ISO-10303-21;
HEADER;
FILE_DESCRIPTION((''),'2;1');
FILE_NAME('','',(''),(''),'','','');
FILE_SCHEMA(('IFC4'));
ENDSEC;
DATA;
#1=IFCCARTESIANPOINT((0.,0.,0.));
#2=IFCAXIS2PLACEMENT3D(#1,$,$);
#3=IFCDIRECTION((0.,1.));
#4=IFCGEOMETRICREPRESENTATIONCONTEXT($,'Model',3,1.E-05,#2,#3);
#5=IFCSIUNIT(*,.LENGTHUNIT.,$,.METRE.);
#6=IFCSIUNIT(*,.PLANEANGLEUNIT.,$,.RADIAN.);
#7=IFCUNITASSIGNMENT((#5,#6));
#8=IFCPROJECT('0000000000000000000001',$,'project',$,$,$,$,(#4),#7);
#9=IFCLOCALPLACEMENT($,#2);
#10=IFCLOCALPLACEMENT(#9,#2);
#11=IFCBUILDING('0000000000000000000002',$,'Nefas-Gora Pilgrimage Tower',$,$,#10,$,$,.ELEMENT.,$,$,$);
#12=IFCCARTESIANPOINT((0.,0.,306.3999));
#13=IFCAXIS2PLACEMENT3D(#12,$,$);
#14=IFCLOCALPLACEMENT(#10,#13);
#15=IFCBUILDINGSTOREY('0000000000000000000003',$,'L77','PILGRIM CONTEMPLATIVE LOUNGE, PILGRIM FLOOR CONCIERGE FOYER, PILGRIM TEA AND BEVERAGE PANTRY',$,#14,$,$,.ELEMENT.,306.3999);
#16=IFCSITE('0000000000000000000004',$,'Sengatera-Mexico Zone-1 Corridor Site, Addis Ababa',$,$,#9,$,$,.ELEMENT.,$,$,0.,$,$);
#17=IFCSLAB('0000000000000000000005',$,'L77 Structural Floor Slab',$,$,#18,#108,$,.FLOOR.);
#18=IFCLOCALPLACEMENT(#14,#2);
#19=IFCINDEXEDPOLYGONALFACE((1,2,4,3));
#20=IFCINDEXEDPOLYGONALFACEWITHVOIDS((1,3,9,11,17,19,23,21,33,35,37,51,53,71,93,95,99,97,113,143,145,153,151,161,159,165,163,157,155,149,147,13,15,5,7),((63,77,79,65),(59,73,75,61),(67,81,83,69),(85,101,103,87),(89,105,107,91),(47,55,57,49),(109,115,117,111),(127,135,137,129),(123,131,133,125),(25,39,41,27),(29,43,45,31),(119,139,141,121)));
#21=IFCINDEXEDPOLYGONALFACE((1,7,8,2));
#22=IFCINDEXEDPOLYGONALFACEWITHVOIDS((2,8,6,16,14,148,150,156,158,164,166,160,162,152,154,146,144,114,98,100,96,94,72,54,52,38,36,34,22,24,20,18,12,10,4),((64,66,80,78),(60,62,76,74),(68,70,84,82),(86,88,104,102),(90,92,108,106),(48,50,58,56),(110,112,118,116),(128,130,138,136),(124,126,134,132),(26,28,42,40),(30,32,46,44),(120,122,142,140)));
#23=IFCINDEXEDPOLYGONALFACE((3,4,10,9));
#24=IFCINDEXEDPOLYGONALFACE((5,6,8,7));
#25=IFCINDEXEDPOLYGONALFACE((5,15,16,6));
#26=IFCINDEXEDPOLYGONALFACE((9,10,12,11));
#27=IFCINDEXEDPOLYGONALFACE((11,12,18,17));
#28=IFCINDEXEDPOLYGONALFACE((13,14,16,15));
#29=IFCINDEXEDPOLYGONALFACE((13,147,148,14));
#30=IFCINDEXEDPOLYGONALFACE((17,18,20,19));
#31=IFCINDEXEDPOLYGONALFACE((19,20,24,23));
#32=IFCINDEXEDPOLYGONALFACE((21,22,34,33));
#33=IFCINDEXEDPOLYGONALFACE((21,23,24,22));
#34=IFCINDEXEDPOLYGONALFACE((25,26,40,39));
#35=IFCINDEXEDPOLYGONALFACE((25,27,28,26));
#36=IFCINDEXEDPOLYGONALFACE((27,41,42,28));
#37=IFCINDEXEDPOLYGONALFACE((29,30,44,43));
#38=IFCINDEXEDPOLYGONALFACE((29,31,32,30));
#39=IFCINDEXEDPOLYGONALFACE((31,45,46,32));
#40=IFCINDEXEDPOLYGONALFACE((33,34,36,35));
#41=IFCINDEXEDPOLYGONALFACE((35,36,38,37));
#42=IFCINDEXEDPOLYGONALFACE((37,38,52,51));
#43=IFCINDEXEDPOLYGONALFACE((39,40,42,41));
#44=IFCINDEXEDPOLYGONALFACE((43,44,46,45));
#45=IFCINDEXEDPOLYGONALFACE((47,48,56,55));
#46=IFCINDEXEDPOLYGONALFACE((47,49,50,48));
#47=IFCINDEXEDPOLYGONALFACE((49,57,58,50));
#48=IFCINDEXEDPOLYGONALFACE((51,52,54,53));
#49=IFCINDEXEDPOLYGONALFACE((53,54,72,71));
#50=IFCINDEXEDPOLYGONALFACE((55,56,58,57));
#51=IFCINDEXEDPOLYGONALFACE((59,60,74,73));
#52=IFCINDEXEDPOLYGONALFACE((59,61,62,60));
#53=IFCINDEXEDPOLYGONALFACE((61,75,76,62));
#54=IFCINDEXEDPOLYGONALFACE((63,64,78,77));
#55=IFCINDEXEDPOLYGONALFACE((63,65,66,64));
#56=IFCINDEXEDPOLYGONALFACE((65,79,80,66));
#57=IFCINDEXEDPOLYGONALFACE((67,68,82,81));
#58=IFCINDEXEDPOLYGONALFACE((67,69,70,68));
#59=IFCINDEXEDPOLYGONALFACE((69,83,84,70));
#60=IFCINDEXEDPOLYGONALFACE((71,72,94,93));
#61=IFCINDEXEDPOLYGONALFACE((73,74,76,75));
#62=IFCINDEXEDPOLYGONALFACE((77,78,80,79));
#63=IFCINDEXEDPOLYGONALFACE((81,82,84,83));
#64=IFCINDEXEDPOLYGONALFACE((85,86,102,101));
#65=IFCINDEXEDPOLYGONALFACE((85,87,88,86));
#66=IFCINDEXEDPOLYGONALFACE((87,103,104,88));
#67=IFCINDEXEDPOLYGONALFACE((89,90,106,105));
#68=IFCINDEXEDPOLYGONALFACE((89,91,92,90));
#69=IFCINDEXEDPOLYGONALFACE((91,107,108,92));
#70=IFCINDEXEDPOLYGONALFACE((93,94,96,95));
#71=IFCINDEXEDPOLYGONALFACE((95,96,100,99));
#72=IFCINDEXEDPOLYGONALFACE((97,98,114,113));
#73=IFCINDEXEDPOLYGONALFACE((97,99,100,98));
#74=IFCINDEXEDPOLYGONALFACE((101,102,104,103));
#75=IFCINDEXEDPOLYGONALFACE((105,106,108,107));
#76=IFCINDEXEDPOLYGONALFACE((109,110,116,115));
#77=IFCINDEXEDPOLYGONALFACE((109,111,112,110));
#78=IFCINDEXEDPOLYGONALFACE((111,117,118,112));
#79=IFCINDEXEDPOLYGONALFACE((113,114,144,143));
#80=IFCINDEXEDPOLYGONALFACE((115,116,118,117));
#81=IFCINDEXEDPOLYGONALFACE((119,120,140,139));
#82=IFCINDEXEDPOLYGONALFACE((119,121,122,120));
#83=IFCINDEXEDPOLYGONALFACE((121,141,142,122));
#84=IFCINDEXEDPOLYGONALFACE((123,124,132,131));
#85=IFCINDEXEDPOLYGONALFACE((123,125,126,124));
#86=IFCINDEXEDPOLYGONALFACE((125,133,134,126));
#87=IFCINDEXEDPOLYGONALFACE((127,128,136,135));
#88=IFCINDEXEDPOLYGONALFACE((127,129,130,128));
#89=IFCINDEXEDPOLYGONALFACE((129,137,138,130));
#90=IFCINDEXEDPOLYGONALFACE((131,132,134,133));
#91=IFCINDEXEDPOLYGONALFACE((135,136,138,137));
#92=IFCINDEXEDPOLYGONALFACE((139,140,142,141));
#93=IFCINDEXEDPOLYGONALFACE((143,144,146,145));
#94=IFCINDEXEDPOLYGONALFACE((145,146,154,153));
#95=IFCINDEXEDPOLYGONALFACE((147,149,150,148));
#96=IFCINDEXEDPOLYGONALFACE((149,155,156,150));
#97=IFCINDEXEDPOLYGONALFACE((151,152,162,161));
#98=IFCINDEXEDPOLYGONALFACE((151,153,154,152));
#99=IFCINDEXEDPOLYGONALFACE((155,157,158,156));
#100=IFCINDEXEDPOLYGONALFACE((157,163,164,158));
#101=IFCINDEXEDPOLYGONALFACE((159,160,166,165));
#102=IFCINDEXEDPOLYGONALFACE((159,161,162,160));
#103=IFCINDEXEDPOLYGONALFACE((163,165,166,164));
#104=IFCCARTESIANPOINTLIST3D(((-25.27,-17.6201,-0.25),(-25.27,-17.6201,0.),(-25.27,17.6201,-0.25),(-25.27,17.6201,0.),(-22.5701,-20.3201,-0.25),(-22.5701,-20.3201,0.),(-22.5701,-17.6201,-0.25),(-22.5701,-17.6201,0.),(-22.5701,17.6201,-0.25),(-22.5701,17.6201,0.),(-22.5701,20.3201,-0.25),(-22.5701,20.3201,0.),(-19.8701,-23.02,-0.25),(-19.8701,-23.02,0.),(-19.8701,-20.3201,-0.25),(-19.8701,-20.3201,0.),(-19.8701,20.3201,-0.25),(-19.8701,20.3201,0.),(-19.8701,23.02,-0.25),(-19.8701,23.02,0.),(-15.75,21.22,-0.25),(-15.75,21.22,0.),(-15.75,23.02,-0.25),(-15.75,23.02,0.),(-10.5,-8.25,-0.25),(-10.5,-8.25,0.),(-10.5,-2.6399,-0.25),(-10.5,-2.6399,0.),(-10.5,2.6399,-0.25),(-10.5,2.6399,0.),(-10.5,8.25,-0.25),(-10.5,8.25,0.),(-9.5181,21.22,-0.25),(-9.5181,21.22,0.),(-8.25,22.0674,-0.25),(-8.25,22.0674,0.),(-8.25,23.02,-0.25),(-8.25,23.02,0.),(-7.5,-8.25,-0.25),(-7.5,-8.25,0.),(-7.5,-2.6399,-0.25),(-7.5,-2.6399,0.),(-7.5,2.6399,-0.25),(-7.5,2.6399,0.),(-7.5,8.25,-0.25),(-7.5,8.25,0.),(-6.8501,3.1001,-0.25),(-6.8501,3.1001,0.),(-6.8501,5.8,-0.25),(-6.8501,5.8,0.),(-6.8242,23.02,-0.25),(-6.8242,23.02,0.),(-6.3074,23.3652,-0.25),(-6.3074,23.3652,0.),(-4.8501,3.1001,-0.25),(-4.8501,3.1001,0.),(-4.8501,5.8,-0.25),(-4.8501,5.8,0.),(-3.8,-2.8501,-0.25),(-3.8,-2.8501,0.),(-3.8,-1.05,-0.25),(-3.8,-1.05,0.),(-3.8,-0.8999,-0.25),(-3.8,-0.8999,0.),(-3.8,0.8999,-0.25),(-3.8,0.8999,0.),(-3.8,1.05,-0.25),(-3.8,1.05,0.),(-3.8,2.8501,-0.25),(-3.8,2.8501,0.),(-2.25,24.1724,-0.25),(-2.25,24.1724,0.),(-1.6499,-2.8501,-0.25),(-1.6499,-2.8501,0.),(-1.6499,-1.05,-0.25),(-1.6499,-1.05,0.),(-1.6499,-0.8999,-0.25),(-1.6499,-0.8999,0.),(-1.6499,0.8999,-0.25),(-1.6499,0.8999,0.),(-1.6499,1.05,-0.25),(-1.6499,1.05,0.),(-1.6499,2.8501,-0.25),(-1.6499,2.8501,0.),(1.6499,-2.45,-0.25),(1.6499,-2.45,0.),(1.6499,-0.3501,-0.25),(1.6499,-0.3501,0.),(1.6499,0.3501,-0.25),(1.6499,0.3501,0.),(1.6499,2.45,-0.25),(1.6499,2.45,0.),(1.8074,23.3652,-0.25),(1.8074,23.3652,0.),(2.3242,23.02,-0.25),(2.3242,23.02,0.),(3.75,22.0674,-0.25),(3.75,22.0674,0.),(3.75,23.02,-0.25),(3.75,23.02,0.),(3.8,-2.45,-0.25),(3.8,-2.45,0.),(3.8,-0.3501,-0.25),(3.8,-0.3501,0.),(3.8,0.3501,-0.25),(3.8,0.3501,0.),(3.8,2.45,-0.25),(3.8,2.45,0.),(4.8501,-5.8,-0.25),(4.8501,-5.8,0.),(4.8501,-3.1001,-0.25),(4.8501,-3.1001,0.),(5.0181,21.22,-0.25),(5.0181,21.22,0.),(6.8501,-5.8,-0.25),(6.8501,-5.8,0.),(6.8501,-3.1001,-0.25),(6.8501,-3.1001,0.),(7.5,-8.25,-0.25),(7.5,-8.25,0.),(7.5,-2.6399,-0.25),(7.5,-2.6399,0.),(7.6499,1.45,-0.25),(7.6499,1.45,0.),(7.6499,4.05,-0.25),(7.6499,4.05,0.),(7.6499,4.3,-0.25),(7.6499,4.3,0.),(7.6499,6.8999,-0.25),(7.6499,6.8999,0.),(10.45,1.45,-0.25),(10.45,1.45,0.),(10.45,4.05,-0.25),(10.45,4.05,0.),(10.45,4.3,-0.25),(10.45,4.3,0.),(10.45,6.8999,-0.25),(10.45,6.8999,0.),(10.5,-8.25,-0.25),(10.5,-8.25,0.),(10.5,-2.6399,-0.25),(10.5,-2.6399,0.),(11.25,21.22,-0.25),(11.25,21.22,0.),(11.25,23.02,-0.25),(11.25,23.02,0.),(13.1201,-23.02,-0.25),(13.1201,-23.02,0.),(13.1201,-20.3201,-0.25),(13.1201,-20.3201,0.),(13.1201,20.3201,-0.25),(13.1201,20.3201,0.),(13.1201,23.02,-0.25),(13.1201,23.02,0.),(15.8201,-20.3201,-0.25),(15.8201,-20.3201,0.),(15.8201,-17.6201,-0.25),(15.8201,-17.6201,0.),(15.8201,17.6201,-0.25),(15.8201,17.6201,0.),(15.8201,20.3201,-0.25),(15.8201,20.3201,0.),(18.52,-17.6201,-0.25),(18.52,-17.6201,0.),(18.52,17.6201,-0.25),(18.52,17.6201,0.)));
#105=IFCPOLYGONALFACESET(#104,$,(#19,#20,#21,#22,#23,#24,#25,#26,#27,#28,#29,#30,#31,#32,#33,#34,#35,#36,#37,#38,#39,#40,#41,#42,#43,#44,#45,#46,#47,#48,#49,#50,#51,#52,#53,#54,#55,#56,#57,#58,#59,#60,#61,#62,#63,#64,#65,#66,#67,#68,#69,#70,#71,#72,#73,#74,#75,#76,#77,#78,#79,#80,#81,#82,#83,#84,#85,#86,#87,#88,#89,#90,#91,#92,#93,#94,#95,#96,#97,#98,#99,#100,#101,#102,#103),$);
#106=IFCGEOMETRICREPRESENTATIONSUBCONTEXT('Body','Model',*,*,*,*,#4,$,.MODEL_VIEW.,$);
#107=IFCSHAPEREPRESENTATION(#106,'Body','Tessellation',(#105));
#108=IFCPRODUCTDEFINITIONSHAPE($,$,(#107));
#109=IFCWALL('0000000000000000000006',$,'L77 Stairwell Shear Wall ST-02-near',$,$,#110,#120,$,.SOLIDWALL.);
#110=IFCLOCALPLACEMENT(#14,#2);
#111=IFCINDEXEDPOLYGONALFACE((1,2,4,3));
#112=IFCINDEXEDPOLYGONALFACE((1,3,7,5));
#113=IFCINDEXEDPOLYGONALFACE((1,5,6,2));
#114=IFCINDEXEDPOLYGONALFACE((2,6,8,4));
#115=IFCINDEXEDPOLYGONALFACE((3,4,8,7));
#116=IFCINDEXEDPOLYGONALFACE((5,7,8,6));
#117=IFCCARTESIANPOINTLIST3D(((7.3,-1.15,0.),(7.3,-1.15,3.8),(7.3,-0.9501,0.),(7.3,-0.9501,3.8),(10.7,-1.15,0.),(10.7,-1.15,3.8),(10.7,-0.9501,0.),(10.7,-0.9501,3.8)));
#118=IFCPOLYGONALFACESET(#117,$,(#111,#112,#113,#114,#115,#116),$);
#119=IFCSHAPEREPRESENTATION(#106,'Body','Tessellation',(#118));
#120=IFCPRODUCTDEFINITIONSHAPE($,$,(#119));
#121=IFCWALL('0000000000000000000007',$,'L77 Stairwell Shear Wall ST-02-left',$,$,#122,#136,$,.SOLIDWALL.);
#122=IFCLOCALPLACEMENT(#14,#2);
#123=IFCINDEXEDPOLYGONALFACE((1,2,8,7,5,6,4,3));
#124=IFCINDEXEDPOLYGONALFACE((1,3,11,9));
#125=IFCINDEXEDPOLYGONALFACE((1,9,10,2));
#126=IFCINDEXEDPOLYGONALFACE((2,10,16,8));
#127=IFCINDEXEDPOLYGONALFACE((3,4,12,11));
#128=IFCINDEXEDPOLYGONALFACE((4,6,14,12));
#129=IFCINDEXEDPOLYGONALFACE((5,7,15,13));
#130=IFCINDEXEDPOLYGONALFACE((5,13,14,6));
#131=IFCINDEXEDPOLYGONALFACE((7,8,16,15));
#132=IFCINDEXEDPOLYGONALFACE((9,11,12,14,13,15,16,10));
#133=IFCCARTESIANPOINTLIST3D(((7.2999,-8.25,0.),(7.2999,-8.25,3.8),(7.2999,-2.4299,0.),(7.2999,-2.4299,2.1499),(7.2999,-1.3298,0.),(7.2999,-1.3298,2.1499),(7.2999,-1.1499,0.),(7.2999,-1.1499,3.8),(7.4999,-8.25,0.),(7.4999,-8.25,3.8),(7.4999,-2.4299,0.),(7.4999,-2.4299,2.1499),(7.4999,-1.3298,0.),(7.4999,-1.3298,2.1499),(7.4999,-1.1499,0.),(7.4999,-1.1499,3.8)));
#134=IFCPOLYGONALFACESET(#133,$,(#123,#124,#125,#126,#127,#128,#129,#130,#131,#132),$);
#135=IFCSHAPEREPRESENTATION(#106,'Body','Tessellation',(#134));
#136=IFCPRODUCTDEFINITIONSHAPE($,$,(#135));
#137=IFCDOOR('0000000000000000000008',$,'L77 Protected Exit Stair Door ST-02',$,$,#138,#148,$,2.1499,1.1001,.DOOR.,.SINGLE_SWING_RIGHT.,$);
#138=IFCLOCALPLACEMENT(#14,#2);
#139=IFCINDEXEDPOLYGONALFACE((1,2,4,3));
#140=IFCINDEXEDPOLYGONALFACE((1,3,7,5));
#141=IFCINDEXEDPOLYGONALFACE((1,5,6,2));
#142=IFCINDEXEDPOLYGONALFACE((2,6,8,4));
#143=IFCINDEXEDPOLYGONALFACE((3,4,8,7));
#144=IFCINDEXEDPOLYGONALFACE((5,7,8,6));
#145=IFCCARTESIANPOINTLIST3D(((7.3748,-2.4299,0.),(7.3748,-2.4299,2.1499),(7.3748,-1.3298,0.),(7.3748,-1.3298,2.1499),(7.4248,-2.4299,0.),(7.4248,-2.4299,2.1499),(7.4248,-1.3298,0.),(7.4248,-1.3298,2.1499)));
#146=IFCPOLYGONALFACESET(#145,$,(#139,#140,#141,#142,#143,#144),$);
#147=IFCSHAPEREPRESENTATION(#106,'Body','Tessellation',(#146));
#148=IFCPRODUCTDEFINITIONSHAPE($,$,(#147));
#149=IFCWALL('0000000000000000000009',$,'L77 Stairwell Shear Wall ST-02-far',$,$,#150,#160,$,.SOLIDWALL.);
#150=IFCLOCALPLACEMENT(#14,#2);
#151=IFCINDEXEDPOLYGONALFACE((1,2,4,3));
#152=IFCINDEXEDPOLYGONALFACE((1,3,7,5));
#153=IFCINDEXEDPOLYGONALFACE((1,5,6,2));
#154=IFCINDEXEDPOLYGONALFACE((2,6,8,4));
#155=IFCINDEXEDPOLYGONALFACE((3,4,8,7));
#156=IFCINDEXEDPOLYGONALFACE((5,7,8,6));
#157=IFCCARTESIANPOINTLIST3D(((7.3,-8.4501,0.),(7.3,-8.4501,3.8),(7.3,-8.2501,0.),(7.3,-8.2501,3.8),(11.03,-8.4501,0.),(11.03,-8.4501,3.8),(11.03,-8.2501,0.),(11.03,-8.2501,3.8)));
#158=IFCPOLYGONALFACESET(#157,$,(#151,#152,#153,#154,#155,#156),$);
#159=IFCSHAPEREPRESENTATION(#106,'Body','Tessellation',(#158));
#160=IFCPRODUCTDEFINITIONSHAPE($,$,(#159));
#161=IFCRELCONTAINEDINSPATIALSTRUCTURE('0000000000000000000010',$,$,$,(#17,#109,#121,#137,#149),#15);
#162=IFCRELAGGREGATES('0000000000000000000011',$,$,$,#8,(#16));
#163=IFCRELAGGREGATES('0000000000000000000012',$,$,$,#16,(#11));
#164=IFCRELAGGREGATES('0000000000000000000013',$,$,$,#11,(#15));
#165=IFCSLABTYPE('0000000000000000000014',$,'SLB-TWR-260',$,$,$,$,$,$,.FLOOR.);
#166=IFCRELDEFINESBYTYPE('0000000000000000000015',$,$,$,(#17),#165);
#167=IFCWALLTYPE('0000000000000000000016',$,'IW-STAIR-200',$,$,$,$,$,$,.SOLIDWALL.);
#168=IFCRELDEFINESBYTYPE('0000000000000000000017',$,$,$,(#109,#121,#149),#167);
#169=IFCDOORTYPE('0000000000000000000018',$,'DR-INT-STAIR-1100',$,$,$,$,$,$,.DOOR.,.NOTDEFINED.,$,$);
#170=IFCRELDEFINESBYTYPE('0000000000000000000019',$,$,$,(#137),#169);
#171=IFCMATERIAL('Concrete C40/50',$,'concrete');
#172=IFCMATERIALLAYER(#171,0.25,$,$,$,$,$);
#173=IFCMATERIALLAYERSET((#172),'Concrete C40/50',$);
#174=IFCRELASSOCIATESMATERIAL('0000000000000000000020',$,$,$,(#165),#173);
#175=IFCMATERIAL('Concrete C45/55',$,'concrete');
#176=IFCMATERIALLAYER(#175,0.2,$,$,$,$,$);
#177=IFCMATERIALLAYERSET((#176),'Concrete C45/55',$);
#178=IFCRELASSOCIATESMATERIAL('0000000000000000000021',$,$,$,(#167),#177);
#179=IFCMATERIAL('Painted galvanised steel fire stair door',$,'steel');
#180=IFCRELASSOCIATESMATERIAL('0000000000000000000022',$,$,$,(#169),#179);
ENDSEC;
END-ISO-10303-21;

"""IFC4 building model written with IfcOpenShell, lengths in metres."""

from ifc_helpers import new_model, si_unit, direction, frame, frame_2d, origin, place, context, subcontext, project, spatial, polyline, rectangle, outline, extrude, source, transform, mapped, material, layer, layer_set, type_object, element, fill, save


model = new_model("IFC4")

# Units and contexts
model_context = context("Model", 3, precision=1e-05, world=origin(), true_north=direction((0.0, 1.0)))
body_context = subcontext(model_context, "Body", "Model", "MODEL_VIEW")
ifc_project = project(units=[si_unit("LENGTHUNIT", "METRE"), si_unit("PLANEANGLEUNIT", "RADIAN")], contexts=[model_context])

# Site, building, storey
site_placement = place(None, origin())
site = spatial("IfcSite", under=ifc_project, at=site_placement, Name="Sengatera-Mexico Zone-1 Corridor Site, Addis Ababa", CompositionType="ELEMENT", RefElevation=0.0)
building_placement = place(site_placement, origin())
building = spatial("IfcBuilding", under=site, at=building_placement, Name="Nefas-Gora Pilgrimage Tower", CompositionType="ELEMENT")
storey_placement = place(building_placement, frame((0.0, 0.0, 306.3999)))
storey = spatial("IfcBuildingStorey", under=building, at=storey_placement, Name="L77", Description="PILGRIM CONTEMPLATIVE LOUNGE, PILGRIM FLOOR CONCIERGE FOYER, PILGRIM TEA AND BEVERAGE PANTRY", CompositionType="ELEMENT", Elevation=306.3999)

# Slab
ifc_material_1 = material(Name="Concrete C40/50", Category="concrete")
ifc_layer_1 = layer(ifc_material_1, 0.25)
ifc_layer_set_1 = layer_set([ifc_layer_1], Name="Concrete C40/50")
slab_type_1 = type_object("IfcSlabType", Name="SLB-TWR-260", PredefinedType="FLOOR", material=ifc_layer_set_1)
slab_1_placement = place(storey_placement, frame((0.0, 0.0, -0.25)))
element("IfcSlab", 1, at=slab_1_placement, inside=storey, type_object=slab_type_1, Name="L77 Structural Floor Slab", PredefinedType="FLOOR", context=body_context, shape_type="SweptSolid", body=[
    extrude(outline(polyline([(15.8201, -17.6201), (18.52, -17.6201), (18.52, 17.6201), (15.8201, 17.6201), (15.8201, 20.3201), (13.1201, 20.3201), (13.1201, 23.02), (11.25, 23.02), (11.25, 21.22), (5.0181, 21.22), (3.75, 22.0674), (3.75, 23.02), (2.3242, 23.02), (1.8074, 23.3652), (-2.25, 24.1724), (-6.3074, 23.3652), (-6.8242, 23.02), (-8.25, 23.02), (-8.25, 22.0674), (-9.5181, 21.22), (-15.75, 21.22), (-15.75, 23.02), (-19.8701, 23.02), (-19.8701, 20.3201), (-22.5701, 20.3201), (-22.5701, 17.6201), (-25.27, 17.6201), (-25.27, -17.6201), (-22.5701, -17.6201), (-22.5701, -20.3201), (-19.8701, -20.3201), (-19.8701, -23.02), (13.1201, -23.02), (13.1201, -20.3201), (15.8201, -20.3201), (15.8201, -17.6201)]), holes=[polyline([(-10.5, 2.6399), (-10.5, 8.25), (-7.5, 8.25), (-7.5, 2.6399), (-10.5, 2.6399)]), polyline([(10.5, -2.6399), (10.5, -8.25), (7.5, -8.25), (7.5, -2.6399), (10.5, -2.6399)]), polyline([(-7.5, -2.6399), (-7.5, -8.25), (-10.5, -8.25), (-10.5, -2.6399), (-7.5, -2.6399)]), polyline([(-6.8501, 5.8), (-4.8501, 5.8), (-4.8501, 3.1001), (-6.8501, 3.1001), (-6.8501, 5.8)]), polyline([(4.8501, -3.1001), (6.8501, -3.1001), (6.8501, -5.8), (4.8501, -5.8), (4.8501, -3.1001)]), polyline([(7.6499, 4.05), (10.45, 4.05), (10.45, 1.45), (7.6499, 1.45), (7.6499, 4.05)]), polyline([(7.6499, 6.8999), (10.45, 6.8999), (10.45, 4.3), (7.6499, 4.3), (7.6499, 6.8999)]), polyline([(-3.8, -1.05), (-1.6499, -1.05), (-1.6499, -2.8501), (-3.8, -2.8501), (-3.8, -1.05)]), polyline([(-3.8, 0.8999), (-1.6499, 0.8999), (-1.6499, -0.8999), (-3.8, -0.8999), (-3.8, 0.8999)]), polyline([(-3.8, 2.8501), (-1.6499, 2.8501), (-1.6499, 1.05), (-3.8, 1.05), (-3.8, 2.8501)]), polyline([(1.6499, -0.3501), (3.8, -0.3501), (3.8, -2.45), (1.6499, -2.45), (1.6499, -0.3501)]), polyline([(1.6499, 2.45), (3.8, 2.45), (3.8, 0.3501), (1.6499, 0.3501), (1.6499, 2.45)])]), origin(), (0.0, 0.0, 1.0), 0.25),
])

# Wall
ifc_material_2 = material(Name="Concrete C45/55", Category="concrete")
ifc_layer_2 = layer(ifc_material_2, 0.2)
ifc_layer_set_2 = layer_set([ifc_layer_2], Name="Concrete C45/55")
wall_type_1 = type_object("IfcWallType", Name="IW-STAIR-200", PredefinedType="SOLIDWALL", material=ifc_layer_set_2)
shared_shape_1 = source(origin(), body_context, "Body", "SweptSolid", [
    extrude(rectangle(XDim=3.3999, YDim=0.2, at=frame_2d((1.7, 0.0))), origin(), (0.0, 0.0, 1.0), 3.8),
])
wall_1_placement = place(storey_placement, frame((7.3, -1.05, 0.0), z_axis=(0.0, 0.0, 1.0), x_axis=(1.0, 0.0, 0.0)))
element("IfcWall", 2, at=wall_1_placement, inside=storey, type_object=wall_type_1, Name="L77 Stairwell Shear Wall ST-02-near", PredefinedType="SOLIDWALL", context=body_context, shape_type="MappedRepresentation", body=[
    mapped(shared_shape_1, transform((0.0, 0.0, 0.0), x_axis=(1.0, 0.0, 0.0), y_axis=(0.0, 1.0, 0.0), z_axis=(0.0, 0.0, 1.0), scale=1.0)),
])

# Wall, opening, door
shared_shape_2 = source(origin(), body_context, "Body", "SweptSolid", [
    extrude(rectangle(XDim=7.1001, YDim=0.2, at=frame_2d((3.55, 0.0))), origin(), (0.0, 0.0, 1.0), 3.8),
])
wall_2_placement = place(storey_placement, frame((7.3999, -1.1499, 0.0), z_axis=(0.0, 0.0, 1.0), x_axis=(0.0, -1.0, 0.0)))
wall_2 = element("IfcWall", 3, at=wall_2_placement, inside=storey, type_object=wall_type_1, Name="L77 Stairwell Shear Wall ST-02-left", PredefinedType="SOLIDWALL", context=body_context, shape_type="MappedRepresentation", body=[
    mapped(shared_shape_2, transform((0.0, 0.0, 0.0), x_axis=(1.0, 0.0, 0.0), y_axis=(0.0, 1.0, 0.0), z_axis=(0.0, 0.0, 1.0), scale=1.0)),
])
opening_1_placement = place(wall_2_placement, frame((0.1799, 0.0, 0.0)))
opening_1 = element("IfcOpeningElement", 4, at=opening_1_placement, cuts=wall_2, PredefinedType="OPENING", context=body_context, shape_type="SweptSolid", body=[
    extrude(rectangle(XDim=1.1001, YDim=2.1499, at=frame_2d((0.55, 1.075))), frame((0.0, 0.1099, 0.0), z_axis=(0.0, -1.0, 0.0), x_axis=(1.0, 0.0, 0.0)), (0.0, 0.0, 1.0), 0.22),
])
ifc_material_3 = material(Name="Painted galvanised steel fire stair door", Category="steel")
door_type_1 = type_object("IfcDoorType", Name="DR-INT-STAIR-1100", OperationType="NOTDEFINED", PredefinedType="DOOR", material=ifc_material_3)
shared_shape_3 = source(origin(), body_context, "Body", "SweptSolid", [
    extrude(rectangle(XDim=1.1001, YDim=2.1499, at=frame_2d((0.55, 1.075))), frame((0.0, 0.0249, 0.0), z_axis=(0.0, -1.0, 0.0), x_axis=(1.0, 0.0, 0.0)), (0.0, 0.0, 1.0), 0.05),
])
door_1_placement = place(opening_1_placement, origin())
door_1 = element("IfcDoor", 5, at=door_1_placement, inside=storey, type_object=door_type_1, Name="L77 Protected Exit Stair Door ST-02", OperationType="SINGLE_SWING_RIGHT", OverallHeight=2.1499, OverallWidth=1.1001, PredefinedType="DOOR", context=body_context, shape_type="MappedRepresentation", body=[
    mapped(shared_shape_3, transform((0.0, 0.0, 0.0), x_axis=(1.0, 0.0, 0.0), y_axis=(0.0, 1.0, 0.0), z_axis=(0.0, 0.0, 1.0), scale=1.0)),
])
fill(opening_1, door_1)

# Wall
shared_shape_4 = source(origin(), body_context, "Body", "SweptSolid", [
    extrude(rectangle(XDim=3.73, YDim=0.2, at=frame_2d((1.865, 0.0))), origin(), (0.0, 0.0, 1.0), 3.8),
])
wall_3_placement = place(storey_placement, frame((7.3, -8.3501, 0.0), z_axis=(0.0, 0.0, 1.0), x_axis=(1.0, 0.0, 0.0)))
element("IfcWall", 6, at=wall_3_placement, inside=storey, type_object=wall_type_1, Name="L77 Stairwell Shear Wall ST-02-far", PredefinedType="SOLIDWALL", context=body_context, shape_type="MappedRepresentation", body=[
    mapped(shared_shape_4, transform((0.0, 0.0, 0.0), x_axis=(1.0, 0.0, 0.0), y_axis=(0.0, 1.0, 0.0), z_axis=(0.0, 0.0, 1.0), scale=1.0)),
])

save(model, "model.ifc")
